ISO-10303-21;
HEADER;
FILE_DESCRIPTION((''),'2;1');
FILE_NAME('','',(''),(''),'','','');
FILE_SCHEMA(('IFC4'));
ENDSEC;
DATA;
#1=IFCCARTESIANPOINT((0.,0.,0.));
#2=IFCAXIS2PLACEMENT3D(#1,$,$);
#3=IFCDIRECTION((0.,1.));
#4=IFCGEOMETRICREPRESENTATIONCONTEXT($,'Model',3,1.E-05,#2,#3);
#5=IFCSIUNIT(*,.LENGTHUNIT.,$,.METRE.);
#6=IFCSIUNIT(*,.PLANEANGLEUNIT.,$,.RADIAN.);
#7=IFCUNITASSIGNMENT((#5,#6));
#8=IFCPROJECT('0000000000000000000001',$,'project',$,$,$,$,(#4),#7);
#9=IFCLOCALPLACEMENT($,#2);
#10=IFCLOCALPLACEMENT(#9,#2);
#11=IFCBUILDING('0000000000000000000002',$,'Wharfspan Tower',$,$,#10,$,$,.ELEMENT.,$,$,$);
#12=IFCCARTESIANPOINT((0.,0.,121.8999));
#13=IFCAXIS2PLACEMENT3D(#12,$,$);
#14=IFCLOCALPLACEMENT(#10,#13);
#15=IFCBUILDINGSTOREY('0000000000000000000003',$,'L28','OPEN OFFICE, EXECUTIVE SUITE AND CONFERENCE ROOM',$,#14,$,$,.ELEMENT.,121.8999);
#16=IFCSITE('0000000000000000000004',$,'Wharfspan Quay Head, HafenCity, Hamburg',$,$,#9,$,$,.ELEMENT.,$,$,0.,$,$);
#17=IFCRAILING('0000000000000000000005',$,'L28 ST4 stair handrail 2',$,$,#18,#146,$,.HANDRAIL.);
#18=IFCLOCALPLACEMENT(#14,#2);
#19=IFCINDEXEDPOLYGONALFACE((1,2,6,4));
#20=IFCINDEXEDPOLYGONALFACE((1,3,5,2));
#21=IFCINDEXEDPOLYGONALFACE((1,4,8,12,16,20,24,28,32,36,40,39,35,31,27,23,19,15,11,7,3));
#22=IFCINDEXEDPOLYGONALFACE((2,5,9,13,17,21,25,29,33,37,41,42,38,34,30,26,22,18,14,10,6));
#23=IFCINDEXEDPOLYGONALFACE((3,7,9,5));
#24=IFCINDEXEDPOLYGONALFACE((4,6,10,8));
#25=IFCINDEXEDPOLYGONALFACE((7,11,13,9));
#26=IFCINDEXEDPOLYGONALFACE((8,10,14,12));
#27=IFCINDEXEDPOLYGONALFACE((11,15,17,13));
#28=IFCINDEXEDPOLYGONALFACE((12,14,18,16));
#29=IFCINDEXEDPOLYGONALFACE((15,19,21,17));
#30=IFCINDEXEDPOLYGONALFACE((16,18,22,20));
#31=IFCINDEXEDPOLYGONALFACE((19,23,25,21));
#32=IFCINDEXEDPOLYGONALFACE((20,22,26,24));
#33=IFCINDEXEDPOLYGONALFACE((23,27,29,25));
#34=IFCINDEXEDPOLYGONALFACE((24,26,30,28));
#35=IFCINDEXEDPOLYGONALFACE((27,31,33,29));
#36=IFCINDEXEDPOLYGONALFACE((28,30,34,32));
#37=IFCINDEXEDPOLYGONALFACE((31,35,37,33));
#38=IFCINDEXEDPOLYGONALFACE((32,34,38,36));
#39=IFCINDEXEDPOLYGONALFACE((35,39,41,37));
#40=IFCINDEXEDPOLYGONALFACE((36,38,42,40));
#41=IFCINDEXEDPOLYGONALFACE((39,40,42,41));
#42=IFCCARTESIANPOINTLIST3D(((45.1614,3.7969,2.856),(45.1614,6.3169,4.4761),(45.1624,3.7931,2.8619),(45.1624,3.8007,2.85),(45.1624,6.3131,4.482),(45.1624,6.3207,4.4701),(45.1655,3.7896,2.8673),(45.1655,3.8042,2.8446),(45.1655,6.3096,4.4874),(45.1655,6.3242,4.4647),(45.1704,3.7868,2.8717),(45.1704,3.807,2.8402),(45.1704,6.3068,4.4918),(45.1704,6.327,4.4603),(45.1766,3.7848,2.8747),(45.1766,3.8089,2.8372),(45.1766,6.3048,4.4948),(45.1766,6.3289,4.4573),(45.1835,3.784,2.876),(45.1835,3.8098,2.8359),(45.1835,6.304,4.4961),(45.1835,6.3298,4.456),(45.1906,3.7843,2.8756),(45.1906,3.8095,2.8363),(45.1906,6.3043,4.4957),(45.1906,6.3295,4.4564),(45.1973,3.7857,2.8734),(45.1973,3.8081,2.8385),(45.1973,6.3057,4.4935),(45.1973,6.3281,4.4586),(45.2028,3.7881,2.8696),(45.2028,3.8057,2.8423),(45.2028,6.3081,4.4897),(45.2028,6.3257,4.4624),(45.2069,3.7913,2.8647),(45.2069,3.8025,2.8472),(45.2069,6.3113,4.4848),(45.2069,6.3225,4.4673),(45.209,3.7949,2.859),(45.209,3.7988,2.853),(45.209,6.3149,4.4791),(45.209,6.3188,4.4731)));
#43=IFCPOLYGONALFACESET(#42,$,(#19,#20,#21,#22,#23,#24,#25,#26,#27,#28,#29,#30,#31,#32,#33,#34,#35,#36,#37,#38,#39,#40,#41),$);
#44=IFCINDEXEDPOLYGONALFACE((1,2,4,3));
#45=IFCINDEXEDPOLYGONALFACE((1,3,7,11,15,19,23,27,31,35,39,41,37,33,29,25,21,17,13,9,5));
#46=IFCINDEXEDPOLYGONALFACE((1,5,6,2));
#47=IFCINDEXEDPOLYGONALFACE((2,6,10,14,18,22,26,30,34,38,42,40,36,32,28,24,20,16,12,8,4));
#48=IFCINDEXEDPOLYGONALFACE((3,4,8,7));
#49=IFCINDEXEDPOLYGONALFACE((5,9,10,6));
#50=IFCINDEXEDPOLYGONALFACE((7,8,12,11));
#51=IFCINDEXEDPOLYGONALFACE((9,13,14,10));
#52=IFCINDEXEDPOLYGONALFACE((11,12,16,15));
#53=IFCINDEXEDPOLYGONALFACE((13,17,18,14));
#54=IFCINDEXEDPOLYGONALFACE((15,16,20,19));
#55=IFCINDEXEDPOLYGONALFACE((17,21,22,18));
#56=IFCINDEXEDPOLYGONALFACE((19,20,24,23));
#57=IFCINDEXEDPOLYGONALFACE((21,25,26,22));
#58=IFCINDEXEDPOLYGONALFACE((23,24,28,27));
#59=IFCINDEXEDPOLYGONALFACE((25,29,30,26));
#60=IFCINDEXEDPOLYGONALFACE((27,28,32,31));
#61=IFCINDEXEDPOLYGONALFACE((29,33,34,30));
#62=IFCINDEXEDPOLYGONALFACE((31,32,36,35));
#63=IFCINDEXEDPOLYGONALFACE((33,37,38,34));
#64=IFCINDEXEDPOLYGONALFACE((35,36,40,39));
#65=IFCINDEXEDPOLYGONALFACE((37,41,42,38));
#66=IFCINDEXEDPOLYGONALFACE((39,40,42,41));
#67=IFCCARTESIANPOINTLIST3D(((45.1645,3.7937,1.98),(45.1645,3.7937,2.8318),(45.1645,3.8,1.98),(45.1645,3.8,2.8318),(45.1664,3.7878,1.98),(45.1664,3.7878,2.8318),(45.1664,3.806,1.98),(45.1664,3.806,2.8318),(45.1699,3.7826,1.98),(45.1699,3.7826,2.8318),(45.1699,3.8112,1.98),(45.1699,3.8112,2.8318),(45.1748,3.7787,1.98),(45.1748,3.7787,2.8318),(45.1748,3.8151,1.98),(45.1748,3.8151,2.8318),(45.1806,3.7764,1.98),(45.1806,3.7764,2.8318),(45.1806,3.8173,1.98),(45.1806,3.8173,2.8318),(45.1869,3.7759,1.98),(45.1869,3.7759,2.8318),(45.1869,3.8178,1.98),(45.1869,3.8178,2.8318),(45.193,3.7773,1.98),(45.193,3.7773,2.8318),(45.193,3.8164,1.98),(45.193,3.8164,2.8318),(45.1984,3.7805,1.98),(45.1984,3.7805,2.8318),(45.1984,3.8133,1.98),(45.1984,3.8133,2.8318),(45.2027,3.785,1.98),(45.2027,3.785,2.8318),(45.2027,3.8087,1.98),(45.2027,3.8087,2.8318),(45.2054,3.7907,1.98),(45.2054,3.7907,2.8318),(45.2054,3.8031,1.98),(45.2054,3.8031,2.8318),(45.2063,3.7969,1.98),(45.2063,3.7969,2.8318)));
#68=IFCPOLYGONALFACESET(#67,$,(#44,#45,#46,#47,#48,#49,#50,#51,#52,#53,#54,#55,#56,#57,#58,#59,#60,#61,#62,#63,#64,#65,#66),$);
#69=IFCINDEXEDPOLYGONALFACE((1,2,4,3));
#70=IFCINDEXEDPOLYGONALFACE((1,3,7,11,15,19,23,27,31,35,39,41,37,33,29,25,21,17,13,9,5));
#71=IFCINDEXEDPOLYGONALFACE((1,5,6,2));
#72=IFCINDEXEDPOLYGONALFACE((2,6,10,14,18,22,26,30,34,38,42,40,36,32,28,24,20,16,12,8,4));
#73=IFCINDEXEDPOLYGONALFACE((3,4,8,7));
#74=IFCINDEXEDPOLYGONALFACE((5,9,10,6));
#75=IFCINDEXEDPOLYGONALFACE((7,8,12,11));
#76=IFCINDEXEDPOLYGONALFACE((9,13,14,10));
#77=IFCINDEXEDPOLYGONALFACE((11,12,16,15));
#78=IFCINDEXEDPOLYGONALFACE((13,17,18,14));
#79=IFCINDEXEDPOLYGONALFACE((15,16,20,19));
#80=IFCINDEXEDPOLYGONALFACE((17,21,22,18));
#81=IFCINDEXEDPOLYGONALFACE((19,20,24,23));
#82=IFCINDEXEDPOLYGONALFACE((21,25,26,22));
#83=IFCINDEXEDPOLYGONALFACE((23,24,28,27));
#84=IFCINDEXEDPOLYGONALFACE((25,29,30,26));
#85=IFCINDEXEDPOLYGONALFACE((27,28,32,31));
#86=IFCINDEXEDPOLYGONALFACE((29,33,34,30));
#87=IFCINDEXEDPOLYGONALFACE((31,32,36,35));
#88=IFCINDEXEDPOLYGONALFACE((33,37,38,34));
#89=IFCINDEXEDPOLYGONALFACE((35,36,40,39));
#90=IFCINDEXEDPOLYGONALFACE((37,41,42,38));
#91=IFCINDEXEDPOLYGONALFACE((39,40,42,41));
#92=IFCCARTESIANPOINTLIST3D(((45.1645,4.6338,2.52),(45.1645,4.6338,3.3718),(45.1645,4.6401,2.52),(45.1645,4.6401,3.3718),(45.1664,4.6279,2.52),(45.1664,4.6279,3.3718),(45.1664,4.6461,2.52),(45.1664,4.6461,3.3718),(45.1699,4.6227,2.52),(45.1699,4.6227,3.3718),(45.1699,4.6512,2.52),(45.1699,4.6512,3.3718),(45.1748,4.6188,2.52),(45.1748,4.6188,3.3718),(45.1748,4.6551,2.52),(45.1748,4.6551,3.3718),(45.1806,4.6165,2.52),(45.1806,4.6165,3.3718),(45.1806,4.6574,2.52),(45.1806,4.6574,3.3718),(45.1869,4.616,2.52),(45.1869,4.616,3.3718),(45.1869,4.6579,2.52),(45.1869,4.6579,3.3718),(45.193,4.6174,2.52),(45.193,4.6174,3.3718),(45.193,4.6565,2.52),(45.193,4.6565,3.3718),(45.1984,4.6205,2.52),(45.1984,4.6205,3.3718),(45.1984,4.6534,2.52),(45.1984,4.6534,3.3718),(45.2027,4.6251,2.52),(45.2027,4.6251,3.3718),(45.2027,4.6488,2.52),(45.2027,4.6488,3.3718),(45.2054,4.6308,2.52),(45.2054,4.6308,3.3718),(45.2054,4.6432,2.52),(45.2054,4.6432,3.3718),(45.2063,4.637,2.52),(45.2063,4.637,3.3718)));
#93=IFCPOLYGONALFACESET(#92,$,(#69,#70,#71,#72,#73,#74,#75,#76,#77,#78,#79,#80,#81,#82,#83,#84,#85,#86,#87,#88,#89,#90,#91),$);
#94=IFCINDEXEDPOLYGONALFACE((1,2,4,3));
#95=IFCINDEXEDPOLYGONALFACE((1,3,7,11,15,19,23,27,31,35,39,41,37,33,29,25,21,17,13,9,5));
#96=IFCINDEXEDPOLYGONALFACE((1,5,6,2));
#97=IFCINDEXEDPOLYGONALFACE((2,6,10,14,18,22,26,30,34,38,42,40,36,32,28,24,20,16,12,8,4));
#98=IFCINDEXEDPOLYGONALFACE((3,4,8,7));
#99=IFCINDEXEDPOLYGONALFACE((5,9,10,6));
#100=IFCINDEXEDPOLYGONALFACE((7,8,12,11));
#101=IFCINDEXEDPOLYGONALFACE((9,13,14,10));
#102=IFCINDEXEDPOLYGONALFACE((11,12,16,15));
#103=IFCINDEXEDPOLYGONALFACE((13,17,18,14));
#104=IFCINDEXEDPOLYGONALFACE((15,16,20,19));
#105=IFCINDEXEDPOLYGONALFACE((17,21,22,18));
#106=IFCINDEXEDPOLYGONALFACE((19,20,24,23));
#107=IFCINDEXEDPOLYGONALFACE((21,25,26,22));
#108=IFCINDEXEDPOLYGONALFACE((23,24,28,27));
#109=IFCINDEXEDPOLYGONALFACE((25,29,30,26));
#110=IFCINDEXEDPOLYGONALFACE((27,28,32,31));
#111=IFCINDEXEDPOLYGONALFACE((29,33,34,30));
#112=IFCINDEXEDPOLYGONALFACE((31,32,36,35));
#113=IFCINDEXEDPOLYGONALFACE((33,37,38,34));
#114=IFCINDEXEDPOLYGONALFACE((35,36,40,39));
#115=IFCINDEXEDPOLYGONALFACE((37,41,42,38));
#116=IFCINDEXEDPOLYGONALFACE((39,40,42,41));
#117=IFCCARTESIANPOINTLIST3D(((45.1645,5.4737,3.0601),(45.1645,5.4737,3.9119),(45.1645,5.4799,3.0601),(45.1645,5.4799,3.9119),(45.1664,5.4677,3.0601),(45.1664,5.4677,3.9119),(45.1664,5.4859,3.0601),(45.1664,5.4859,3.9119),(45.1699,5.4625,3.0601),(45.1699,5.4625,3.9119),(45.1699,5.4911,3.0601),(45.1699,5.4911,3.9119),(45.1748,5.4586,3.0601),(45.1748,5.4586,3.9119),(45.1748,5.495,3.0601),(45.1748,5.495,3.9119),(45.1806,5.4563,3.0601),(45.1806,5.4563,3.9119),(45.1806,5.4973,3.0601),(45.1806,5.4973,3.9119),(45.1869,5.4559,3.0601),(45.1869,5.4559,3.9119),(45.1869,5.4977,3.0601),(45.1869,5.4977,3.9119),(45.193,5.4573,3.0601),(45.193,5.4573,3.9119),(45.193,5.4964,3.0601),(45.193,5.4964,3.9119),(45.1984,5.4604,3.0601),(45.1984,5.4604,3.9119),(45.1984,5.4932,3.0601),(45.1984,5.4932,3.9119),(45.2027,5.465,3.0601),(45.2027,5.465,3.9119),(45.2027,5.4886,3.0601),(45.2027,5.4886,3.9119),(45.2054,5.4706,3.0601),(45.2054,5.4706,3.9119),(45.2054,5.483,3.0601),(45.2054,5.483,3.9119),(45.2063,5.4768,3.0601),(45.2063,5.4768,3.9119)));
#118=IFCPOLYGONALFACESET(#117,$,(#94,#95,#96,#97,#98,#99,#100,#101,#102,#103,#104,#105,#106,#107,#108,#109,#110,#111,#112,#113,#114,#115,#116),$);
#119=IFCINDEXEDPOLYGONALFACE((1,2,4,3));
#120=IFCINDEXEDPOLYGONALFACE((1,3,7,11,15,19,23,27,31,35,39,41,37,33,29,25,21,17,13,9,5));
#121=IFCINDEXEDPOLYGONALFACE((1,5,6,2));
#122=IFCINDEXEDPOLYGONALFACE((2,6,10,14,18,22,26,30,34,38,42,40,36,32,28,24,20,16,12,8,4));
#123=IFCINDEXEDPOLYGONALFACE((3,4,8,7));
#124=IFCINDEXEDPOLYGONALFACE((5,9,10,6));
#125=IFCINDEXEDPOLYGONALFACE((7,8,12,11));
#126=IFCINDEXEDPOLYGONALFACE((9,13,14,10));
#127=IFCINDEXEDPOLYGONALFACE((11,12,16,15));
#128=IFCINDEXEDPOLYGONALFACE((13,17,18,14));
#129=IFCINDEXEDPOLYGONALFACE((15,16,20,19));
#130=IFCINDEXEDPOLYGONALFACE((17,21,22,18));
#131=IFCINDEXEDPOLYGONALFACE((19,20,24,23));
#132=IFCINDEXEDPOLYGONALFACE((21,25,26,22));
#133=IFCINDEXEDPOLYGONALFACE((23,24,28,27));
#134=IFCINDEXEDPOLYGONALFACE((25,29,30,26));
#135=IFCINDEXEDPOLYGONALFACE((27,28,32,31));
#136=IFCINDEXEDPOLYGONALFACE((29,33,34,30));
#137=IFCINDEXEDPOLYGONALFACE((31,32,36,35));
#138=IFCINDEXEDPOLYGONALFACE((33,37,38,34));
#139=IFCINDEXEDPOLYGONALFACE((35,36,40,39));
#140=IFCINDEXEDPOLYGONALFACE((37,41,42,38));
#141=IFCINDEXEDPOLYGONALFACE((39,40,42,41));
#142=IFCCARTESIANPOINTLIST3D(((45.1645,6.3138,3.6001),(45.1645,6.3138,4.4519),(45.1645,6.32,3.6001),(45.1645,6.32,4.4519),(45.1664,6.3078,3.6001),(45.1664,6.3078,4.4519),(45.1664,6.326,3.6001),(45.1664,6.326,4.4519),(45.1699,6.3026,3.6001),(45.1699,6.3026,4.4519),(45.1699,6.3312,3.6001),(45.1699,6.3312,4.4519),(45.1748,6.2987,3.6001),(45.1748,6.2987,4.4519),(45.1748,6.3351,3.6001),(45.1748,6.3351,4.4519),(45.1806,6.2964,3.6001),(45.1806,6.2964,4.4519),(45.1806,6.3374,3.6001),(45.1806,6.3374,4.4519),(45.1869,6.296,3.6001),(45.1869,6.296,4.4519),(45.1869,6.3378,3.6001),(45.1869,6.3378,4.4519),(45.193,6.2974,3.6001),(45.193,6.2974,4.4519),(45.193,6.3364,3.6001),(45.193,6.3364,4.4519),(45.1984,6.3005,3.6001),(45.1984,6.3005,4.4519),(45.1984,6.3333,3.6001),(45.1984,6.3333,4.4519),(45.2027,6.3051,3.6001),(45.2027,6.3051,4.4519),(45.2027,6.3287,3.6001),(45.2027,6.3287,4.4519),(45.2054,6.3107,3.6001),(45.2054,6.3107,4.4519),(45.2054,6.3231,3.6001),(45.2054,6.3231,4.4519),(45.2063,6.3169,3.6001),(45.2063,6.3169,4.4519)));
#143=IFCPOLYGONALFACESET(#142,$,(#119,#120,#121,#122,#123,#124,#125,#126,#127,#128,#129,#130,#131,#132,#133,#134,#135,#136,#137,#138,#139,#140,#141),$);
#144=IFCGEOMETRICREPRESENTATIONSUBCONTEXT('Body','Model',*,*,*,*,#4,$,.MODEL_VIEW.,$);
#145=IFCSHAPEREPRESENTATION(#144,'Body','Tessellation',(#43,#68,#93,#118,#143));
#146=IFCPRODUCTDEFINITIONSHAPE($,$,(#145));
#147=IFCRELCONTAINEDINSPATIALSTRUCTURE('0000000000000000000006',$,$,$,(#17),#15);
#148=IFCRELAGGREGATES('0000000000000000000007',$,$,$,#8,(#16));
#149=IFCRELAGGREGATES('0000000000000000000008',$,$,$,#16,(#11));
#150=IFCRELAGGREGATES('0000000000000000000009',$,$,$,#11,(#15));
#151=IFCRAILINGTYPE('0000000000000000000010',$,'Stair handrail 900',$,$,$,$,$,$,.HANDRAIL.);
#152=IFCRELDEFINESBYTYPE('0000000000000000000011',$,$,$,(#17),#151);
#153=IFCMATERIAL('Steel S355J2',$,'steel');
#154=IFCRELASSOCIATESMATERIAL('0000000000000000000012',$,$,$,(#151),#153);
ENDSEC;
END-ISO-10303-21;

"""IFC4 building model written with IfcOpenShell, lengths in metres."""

from ifc_helpers import new_model, si_unit, direction, frame, origin, origin_2d, place, context, subcontext, project, spatial, circle, extrude, material, type_object, element, save


model = new_model("IFC4")

# Units and contexts
model_context = context("Model", 3, precision=1e-05, world=origin(), true_north=direction((0.0, 1.0)))
body_context = subcontext(model_context, "Body", "Model", "MODEL_VIEW")
ifc_project = project(units=[si_unit("LENGTHUNIT", "METRE"), si_unit("PLANEANGLEUNIT", "RADIAN")], contexts=[model_context])

# Site, building, storey
site_placement = place(None, origin())
site = spatial("IfcSite", under=ifc_project, at=site_placement, Name="Wharfspan Quay Head, HafenCity, Hamburg", CompositionType="ELEMENT", RefElevation=0.0)
building_placement = place(site_placement, origin())
building = spatial("IfcBuilding", under=site, at=building_placement, Name="Wharfspan Tower", CompositionType="ELEMENT")
storey_placement = place(building_placement, frame((0.0, 0.0, 121.8999)))
storey = spatial("IfcBuildingStorey", under=building, at=storey_placement, Name="L28", Description="OPEN OFFICE, EXECUTIVE SUITE AND CONFERENCE ROOM", CompositionType="ELEMENT", Elevation=121.8999)

# Shared definitions
ifc_material_1 = material(Name="Steel S355J2", Category="steel")

# Railing
railing_type_1 = type_object("IfcRailingType", Name="Stair handrail 900", PredefinedType="HANDRAIL", material=ifc_material_1)
railing_1_placement = place(storey_placement, frame((45.1853, 3.7969, 1.98)))
element("IfcRailing", 1, at=railing_1_placement, inside=storey, type_object=railing_type_1, Name="L28 ST4 stair handrail 2", PredefinedType="HANDRAIL", context=body_context, shape_type="SweptSolid", body=[
    extrude(circle(Radius=0.0239, at=origin_2d()), frame((0.0, 0.0, 0.876), z_axis=(0.0, 0.841163, 0.540782), x_axis=(-1.0, 0.0, 0.0)), (0.0, 0.0, 1.0), 2.9958),
    extrude(circle(Radius=0.021, at=origin_2d()), origin(), (0.0, 0.0, 1.0), 0.8518),
    extrude(circle(Radius=0.021, at=origin_2d()), frame((0.0, 0.8401, 0.54)), (0.0, 0.0, 1.0), 0.8518),
    extrude(circle(Radius=0.021, at=origin_2d()), frame((0.0, 1.6799, 1.0801)), (0.0, 0.0, 1.0), 0.8518),
    extrude(circle(Radius=0.021, at=origin_2d()), frame((0.0, 2.52, 1.6201)), (0.0, 0.0, 1.0), 0.8518),
])

save(model, "model.ifc")
